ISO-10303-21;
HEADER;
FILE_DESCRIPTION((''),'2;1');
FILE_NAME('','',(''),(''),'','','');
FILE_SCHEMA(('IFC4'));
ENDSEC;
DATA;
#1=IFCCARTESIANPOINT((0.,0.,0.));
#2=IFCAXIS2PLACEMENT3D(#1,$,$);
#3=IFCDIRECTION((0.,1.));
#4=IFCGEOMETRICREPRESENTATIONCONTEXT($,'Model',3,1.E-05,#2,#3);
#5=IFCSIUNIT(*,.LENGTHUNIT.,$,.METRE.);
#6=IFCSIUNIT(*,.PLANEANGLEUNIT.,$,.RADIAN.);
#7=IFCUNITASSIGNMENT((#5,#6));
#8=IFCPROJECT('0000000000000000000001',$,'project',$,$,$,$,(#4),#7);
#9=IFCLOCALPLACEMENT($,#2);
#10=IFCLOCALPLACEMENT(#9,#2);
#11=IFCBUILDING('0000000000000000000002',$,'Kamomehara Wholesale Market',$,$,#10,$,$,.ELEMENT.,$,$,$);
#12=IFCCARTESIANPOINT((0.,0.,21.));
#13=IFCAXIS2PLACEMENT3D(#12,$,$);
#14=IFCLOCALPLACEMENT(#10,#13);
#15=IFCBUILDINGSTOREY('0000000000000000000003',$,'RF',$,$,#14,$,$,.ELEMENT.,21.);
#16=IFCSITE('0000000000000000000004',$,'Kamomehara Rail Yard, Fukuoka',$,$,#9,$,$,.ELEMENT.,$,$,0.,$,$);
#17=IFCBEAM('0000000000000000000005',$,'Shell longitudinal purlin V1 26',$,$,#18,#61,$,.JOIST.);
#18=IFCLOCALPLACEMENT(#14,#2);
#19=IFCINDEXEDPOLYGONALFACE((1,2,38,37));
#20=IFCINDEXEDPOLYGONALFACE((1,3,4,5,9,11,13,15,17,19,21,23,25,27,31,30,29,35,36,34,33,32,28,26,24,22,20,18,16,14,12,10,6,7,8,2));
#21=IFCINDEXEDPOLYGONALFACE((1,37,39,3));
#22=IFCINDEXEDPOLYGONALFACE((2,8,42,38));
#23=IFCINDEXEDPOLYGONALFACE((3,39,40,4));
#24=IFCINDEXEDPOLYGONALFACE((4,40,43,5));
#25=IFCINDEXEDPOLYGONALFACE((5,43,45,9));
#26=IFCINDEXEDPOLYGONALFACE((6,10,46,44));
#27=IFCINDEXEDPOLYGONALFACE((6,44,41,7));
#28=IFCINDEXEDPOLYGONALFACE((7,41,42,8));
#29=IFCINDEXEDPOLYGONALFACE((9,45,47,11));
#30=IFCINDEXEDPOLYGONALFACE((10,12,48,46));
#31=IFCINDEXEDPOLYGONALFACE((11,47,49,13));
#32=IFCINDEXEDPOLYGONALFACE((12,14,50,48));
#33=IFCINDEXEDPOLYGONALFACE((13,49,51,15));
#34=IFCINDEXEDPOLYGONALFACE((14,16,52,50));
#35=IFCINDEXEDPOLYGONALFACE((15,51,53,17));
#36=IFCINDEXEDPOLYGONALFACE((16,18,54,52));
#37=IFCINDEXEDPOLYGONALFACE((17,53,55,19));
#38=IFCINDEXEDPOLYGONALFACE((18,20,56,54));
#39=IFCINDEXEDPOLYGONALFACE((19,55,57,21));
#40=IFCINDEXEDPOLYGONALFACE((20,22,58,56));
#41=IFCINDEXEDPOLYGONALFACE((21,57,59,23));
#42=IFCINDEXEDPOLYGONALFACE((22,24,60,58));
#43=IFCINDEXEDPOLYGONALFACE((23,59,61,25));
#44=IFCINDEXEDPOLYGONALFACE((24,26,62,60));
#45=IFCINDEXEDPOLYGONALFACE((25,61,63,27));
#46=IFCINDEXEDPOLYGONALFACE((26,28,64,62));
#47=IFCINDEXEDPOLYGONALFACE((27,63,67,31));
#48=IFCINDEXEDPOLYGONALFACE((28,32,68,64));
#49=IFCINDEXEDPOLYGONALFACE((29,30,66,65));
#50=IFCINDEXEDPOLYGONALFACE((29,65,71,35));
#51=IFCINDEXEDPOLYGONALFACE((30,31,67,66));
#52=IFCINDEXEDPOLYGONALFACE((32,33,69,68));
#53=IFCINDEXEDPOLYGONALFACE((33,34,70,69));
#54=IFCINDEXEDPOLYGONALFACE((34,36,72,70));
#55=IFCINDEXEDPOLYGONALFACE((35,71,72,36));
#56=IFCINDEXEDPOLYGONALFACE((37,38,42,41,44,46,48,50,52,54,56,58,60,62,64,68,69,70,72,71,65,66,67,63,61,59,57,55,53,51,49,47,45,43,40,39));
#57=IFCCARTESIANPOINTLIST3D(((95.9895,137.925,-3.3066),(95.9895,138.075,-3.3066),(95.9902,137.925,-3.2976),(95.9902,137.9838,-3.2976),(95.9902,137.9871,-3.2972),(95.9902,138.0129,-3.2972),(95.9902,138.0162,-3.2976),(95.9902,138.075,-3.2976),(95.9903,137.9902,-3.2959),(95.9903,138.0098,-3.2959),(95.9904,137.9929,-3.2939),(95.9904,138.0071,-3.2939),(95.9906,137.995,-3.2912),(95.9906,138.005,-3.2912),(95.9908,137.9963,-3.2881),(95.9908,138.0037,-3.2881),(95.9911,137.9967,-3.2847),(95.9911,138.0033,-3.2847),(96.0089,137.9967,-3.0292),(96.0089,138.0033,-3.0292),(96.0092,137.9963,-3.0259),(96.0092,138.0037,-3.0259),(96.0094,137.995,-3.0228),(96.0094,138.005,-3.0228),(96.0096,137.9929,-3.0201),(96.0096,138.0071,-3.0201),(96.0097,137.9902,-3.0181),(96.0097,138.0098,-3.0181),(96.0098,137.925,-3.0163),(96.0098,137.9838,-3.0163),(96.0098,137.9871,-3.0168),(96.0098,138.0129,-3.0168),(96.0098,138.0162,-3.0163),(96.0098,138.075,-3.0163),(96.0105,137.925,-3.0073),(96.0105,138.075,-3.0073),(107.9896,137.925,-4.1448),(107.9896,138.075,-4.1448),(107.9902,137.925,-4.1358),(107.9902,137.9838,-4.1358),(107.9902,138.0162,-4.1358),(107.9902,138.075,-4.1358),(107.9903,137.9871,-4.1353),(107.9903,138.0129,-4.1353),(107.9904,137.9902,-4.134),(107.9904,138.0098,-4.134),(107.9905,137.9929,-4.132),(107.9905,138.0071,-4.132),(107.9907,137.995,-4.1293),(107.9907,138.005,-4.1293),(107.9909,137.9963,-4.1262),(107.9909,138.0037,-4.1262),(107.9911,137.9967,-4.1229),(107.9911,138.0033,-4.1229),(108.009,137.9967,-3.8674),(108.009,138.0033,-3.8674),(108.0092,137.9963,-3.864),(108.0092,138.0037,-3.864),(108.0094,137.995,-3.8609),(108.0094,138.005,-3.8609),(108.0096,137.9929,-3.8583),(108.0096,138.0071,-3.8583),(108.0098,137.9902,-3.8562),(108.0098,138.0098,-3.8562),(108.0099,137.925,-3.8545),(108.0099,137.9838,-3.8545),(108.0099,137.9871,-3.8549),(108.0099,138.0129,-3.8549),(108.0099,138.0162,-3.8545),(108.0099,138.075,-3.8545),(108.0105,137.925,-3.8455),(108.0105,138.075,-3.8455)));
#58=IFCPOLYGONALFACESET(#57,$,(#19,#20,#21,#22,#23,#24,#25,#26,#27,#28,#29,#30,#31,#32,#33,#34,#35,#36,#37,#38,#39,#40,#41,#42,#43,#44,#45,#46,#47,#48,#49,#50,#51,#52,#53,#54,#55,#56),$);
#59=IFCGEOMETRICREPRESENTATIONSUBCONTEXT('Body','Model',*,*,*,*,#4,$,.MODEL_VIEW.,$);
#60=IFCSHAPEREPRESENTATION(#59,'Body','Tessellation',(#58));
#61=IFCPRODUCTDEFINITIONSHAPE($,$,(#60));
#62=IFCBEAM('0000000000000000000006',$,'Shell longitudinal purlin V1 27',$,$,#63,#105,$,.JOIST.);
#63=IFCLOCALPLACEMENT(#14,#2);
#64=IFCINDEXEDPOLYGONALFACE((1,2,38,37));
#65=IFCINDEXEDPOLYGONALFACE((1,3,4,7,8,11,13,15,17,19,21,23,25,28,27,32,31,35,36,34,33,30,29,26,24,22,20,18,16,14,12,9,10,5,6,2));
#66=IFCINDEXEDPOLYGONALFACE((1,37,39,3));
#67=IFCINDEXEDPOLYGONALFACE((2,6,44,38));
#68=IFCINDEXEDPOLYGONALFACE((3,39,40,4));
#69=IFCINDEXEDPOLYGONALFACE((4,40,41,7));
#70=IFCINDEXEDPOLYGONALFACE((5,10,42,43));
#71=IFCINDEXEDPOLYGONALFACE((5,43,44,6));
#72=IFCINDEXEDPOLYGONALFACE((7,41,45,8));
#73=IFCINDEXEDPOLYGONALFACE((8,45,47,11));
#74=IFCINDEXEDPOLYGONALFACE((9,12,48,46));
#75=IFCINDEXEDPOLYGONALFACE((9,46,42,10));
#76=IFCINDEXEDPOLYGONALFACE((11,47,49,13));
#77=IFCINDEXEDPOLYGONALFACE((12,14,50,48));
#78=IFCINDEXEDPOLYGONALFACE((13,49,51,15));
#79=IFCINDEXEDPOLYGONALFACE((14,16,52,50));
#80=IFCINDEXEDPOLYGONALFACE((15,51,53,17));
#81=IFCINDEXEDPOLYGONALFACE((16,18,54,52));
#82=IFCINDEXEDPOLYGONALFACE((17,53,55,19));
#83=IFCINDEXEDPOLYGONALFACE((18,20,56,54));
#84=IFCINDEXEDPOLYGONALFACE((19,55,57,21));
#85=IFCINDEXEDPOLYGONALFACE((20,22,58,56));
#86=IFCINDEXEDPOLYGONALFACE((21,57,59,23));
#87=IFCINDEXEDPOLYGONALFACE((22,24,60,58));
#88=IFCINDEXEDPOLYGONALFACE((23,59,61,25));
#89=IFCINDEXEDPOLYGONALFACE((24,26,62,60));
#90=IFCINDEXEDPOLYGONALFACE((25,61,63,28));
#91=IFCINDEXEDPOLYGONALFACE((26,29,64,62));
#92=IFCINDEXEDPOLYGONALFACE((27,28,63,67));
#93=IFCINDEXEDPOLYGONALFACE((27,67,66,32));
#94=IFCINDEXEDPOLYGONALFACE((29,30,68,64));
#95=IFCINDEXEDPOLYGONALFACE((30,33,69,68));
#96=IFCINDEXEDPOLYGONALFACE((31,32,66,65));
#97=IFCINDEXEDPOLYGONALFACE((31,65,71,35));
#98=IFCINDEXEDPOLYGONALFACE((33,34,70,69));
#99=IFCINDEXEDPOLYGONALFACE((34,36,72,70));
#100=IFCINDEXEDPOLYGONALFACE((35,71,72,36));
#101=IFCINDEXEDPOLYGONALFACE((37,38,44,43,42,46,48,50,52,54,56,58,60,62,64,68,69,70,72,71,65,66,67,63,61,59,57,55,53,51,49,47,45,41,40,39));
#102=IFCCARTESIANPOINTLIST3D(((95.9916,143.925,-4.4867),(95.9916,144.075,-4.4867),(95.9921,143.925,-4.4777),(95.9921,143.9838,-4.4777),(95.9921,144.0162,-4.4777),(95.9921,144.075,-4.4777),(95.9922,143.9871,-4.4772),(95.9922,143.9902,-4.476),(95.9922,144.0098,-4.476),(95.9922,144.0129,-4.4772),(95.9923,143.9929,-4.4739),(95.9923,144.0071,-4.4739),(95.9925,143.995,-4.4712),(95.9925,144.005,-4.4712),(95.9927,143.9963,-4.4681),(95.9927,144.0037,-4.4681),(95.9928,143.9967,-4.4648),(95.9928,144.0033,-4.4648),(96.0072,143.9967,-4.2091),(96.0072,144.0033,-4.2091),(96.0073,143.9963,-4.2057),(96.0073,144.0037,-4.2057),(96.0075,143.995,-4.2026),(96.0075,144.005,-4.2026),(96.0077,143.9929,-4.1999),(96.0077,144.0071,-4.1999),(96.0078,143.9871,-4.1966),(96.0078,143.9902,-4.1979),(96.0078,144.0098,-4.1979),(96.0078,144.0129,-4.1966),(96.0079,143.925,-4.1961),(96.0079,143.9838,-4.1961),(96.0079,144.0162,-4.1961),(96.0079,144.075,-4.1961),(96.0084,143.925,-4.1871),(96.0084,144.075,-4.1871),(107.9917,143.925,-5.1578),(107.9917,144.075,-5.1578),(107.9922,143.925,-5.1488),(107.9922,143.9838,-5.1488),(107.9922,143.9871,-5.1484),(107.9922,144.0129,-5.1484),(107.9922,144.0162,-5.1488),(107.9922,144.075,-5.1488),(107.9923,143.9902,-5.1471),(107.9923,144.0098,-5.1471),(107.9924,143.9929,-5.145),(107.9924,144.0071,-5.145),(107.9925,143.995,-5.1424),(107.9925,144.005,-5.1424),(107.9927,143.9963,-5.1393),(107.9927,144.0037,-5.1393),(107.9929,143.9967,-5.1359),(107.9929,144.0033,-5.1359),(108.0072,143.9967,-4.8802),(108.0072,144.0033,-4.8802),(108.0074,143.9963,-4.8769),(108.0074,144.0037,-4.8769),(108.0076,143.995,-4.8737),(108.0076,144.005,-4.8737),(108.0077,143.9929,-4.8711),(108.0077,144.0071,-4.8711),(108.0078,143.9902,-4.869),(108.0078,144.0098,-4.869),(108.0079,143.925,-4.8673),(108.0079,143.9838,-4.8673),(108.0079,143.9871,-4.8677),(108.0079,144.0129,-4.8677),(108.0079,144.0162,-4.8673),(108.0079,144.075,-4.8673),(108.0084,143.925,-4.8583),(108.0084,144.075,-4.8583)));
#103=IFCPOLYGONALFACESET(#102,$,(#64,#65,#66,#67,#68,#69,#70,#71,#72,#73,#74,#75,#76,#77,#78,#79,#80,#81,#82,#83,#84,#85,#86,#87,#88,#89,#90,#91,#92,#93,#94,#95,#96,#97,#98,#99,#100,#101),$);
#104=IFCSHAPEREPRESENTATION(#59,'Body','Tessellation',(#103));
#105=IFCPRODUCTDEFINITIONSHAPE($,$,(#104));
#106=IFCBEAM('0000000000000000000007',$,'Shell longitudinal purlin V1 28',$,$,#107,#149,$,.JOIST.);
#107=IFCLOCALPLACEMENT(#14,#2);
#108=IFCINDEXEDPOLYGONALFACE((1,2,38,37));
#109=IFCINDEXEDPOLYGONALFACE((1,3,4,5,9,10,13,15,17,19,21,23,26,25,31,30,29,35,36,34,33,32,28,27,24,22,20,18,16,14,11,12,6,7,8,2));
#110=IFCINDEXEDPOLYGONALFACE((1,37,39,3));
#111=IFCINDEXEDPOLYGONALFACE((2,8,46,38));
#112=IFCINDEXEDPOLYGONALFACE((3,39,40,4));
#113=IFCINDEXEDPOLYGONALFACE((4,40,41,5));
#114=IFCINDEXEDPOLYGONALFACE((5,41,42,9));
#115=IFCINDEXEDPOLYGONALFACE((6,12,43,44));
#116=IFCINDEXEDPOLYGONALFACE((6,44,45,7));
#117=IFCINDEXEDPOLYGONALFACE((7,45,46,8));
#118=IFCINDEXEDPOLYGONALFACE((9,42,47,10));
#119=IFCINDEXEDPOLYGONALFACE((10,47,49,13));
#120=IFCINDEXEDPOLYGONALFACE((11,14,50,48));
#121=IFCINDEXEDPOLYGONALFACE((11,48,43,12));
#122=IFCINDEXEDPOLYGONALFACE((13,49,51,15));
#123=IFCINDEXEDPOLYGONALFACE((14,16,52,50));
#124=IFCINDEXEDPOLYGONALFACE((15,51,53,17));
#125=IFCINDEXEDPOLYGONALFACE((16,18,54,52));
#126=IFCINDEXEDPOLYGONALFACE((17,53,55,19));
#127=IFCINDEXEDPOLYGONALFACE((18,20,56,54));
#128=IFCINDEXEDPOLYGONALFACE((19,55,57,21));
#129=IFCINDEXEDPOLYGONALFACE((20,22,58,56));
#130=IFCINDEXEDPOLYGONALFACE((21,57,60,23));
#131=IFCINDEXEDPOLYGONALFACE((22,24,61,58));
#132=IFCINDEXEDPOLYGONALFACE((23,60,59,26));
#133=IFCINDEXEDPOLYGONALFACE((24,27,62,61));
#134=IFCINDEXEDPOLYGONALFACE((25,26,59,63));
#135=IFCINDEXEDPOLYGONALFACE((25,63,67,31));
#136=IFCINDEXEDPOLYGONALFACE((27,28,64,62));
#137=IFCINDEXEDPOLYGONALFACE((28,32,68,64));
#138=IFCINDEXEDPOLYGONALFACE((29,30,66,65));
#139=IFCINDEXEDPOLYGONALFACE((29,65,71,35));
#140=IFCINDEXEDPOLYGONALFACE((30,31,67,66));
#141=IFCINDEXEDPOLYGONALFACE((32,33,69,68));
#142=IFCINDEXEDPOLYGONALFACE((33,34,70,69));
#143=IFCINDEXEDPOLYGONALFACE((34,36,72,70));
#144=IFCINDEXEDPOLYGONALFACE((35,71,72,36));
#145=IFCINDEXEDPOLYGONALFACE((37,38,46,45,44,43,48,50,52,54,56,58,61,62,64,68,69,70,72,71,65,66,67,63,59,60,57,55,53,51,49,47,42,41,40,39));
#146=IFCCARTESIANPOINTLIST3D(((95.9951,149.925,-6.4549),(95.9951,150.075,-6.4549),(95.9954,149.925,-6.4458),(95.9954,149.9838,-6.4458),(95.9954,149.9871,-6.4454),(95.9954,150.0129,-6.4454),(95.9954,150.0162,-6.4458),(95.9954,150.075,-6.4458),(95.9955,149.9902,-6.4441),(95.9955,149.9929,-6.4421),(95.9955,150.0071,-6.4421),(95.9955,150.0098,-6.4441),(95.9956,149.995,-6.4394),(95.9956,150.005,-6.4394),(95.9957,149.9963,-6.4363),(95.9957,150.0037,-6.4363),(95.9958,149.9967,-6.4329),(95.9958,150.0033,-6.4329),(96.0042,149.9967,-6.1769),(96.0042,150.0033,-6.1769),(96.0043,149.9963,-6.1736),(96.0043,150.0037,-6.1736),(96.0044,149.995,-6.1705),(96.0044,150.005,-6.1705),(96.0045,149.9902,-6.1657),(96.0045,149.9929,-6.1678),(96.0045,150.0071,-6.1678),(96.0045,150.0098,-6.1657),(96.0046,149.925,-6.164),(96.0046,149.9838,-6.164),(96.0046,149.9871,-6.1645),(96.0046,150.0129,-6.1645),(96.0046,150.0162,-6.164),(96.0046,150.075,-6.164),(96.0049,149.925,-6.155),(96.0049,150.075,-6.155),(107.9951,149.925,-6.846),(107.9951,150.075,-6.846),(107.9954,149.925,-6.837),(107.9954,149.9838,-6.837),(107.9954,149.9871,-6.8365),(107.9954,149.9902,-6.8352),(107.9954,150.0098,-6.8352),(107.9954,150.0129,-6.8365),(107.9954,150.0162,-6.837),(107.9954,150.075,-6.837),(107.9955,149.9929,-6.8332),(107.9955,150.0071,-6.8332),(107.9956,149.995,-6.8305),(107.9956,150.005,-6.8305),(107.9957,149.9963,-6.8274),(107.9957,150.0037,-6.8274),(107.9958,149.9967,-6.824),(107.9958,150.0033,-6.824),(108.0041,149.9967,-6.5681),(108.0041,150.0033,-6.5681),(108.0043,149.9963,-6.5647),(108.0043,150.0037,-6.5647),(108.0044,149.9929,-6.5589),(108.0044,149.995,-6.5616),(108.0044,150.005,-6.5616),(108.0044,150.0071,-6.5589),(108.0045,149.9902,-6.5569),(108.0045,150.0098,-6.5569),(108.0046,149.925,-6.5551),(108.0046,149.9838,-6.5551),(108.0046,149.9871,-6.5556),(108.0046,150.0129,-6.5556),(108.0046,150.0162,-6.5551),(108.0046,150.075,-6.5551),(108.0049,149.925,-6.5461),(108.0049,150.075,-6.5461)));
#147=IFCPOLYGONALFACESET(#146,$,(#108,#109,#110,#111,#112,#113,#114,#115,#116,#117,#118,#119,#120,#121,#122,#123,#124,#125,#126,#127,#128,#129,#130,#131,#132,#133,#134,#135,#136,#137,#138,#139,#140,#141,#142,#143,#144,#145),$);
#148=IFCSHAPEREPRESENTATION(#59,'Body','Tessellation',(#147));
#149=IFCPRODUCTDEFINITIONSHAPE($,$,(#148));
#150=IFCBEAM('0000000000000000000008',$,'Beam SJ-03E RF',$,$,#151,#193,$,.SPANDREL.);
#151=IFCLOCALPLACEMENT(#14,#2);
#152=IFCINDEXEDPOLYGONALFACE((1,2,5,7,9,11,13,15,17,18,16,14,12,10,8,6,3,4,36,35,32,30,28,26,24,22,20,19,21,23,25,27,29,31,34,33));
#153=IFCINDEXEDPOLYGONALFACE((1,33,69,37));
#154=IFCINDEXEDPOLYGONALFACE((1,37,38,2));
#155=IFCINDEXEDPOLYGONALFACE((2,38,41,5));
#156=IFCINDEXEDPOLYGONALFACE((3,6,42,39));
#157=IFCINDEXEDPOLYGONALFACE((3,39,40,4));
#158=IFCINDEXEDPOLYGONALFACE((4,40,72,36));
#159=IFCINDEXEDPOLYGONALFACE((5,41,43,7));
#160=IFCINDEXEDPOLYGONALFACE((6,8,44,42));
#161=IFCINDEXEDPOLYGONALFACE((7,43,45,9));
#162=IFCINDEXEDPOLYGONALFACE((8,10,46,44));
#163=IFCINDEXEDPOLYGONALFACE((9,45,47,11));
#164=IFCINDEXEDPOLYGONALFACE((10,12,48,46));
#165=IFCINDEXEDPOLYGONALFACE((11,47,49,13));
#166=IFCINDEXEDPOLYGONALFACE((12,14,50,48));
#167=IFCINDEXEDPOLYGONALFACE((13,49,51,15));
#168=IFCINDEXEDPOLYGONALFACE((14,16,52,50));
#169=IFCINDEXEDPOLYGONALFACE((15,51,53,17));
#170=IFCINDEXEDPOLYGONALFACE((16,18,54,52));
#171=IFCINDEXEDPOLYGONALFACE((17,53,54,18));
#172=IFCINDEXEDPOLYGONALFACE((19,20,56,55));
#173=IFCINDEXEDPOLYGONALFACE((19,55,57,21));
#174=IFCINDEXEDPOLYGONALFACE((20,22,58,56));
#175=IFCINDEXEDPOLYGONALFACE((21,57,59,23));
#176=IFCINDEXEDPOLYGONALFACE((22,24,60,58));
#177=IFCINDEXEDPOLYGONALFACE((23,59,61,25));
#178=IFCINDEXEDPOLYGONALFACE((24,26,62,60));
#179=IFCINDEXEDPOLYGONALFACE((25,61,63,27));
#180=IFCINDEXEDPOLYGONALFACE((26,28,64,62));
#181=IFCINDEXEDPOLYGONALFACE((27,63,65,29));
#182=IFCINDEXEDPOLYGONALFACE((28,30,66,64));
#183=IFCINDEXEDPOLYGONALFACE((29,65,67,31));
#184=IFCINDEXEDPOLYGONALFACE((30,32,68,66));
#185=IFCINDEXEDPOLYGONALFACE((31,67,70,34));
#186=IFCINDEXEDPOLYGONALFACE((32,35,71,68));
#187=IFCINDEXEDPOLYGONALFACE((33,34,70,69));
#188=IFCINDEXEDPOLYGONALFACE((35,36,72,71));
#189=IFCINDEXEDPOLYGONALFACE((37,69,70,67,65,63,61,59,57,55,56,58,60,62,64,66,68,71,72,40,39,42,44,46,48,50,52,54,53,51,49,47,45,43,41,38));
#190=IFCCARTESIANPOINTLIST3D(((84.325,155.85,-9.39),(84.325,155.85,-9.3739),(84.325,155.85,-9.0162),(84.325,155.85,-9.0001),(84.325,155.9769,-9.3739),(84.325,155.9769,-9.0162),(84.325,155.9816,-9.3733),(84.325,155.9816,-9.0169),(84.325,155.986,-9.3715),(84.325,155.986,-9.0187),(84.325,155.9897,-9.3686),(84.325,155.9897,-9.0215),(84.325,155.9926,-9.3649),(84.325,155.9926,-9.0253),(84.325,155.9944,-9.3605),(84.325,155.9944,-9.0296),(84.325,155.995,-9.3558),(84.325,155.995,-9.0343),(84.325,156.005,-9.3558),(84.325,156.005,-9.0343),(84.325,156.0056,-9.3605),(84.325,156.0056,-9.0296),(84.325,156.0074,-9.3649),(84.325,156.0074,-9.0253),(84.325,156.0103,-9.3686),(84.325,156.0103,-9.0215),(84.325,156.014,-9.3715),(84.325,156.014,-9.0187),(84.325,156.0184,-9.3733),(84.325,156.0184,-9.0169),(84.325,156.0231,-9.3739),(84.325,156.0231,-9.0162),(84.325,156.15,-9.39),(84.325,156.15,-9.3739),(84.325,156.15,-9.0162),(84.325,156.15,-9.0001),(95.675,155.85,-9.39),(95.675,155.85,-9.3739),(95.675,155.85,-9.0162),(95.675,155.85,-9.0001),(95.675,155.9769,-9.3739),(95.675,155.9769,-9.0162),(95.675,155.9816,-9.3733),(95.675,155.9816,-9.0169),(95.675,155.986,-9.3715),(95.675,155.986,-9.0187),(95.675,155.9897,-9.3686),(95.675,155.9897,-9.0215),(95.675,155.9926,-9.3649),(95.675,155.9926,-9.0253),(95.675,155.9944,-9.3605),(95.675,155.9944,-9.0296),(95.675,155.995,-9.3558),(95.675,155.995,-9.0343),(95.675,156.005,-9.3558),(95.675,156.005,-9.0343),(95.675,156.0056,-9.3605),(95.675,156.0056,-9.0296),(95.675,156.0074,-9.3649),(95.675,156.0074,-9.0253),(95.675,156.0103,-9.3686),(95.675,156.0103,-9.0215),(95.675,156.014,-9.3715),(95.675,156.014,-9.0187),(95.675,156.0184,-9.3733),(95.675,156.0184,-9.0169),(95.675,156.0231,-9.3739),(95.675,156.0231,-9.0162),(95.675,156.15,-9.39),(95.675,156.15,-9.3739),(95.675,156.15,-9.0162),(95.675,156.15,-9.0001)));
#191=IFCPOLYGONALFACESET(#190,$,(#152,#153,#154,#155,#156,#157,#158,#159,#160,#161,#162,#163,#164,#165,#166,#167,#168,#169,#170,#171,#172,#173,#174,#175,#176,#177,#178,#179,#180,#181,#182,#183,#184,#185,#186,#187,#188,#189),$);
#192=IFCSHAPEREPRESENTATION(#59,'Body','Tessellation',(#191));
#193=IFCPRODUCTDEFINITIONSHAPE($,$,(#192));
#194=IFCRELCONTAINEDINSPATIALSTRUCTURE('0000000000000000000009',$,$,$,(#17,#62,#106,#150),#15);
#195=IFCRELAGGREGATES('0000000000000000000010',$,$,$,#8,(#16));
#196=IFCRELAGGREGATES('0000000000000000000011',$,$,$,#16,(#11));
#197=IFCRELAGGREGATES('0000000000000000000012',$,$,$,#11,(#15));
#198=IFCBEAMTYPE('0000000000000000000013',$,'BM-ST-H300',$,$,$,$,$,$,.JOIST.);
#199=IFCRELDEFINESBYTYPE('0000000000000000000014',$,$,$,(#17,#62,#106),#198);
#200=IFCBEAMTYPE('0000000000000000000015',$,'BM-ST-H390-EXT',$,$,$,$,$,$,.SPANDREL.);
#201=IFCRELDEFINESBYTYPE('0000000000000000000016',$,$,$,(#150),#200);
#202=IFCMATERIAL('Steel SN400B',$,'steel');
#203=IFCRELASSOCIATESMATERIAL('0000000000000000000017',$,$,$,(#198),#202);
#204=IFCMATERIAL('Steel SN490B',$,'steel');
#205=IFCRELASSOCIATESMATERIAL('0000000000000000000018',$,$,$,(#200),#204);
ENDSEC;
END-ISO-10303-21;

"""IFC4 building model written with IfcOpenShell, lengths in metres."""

from ifc_helpers import new_model, si_unit, direction, frame, origin, origin_2d, place, context, subcontext, project, spatial, i_section, extrude, material, material_profile, profile_set, type_object, element, save


model = new_model("IFC4")

# Units and contexts
model_context = context("Model", 3, precision=1e-05, world=origin(), true_north=direction((0.0, 1.0)))
body_context = subcontext(model_context, "Body", "Model", "MODEL_VIEW")
ifc_project = project(units=[si_unit("LENGTHUNIT", "METRE"), si_unit("PLANEANGLEUNIT", "RADIAN")], contexts=[model_context])

# Site, building, storey
site_placement = place(None, origin())
site = spatial("IfcSite", under=ifc_project, at=site_placement, Name="Kamomehara Rail Yard, Fukuoka", CompositionType="ELEMENT", RefElevation=0.0)
building_placement = place(site_placement, origin())
building = spatial("IfcBuilding", under=site, at=building_placement, Name="Kamomehara Wholesale Market", CompositionType="ELEMENT")
storey_placement = place(building_placement, frame((0.0, 0.0, 21.0)))
storey = spatial("IfcBuildingStorey", under=building, at=storey_placement, Name="RF", CompositionType="ELEMENT", Elevation=21.0)

# Beams
ifc_material_1 = material(Name="Steel SN400B", Category="steel")
ifc_material_profile_1 = material_profile(ifc_material_1, i_section(OverallWidth=0.1499, OverallDepth=0.3, WebThickness=0.0066, FlangeThickness=0.009, FilletRadius=0.0129, at=origin_2d()), Name="H-300x150x6.5x9")
ifc_profile_set_1 = profile_set([ifc_material_profile_1], Name="Steel SN400B")
beam_type_1 = type_object("IfcBeamType", Name="BM-ST-H300", PredefinedType="JOIST", material=ifc_profile_set_1)
beam_1_placement = place(storey_placement, frame((96.0, 138.0, -3.157), z_axis=(0.99757, 0.0, -0.069675), x_axis=(0.0, 1.0, 0.0)))
element("IfcBeam", 1, at=beam_1_placement, inside=storey, type_object=beam_type_1, Name="Shell longitudinal purlin V1 26", PredefinedType="JOIST", context=body_context, shape_type="SweptSolid", body=[
    extrude(i_section(OverallWidth=0.1499, OverallDepth=0.3, WebThickness=0.0066, FlangeThickness=0.009, FilletRadius=0.0129, at=origin_2d()), origin(), (0.0, 0.0, 1.0), 12.0293),
])
beam_2_placement = place(storey_placement, frame((96.0, 144.0, -4.3369), z_axis=(0.99844, 0.0, -0.055841), x_axis=(0.0, 1.0, 0.0)))
element("IfcBeam", 2, at=beam_2_placement, inside=storey, type_object=beam_type_1, Name="Shell longitudinal purlin V1 27", PredefinedType="JOIST", context=body_context, shape_type="SweptSolid", body=[
    extrude(i_section(OverallWidth=0.1499, OverallDepth=0.3, WebThickness=0.0066, FlangeThickness=0.009, FilletRadius=0.0129, at=origin_2d()), origin(), (0.0, 0.0, 1.0), 12.0188),
])
beam_3_placement = place(storey_placement, frame((96.0, 150.0, -6.3049), z_axis=(0.999469, 0.0, -0.032575), x_axis=(0.0, 1.0, 0.0)))
element("IfcBeam", 3, at=beam_3_placement, inside=storey, type_object=beam_type_1, Name="Shell longitudinal purlin V1 28", PredefinedType="JOIST", context=body_context, shape_type="SweptSolid", body=[
    extrude(i_section(OverallWidth=0.1499, OverallDepth=0.3, WebThickness=0.0066, FlangeThickness=0.009, FilletRadius=0.0129, at=origin_2d()), origin(), (0.0, 0.0, 1.0), 12.0063),
])
ifc_material_2 = material(Name="Steel SN490B", Category="steel")
ifc_material_profile_2 = material_profile(ifc_material_2, i_section(OverallWidth=0.3, OverallDepth=0.3899, WebThickness=0.01, FlangeThickness=0.0161, FilletRadius=0.0181, at=origin_2d()), Name="H-390x300x10x16")
ifc_profile_set_2 = profile_set([ifc_material_profile_2], Name="Steel SN490B")
beam_type_2 = type_object("IfcBeamType", Name="BM-ST-H390-EXT", PredefinedType="SPANDREL", material=ifc_profile_set_2)
beam_4_placement = place(storey_placement, frame((84.325, 156.0, -9.1951), z_axis=(1.0, 0.0, 0.0), x_axis=(0.0, 1.0, 0.0)))
element("IfcBeam", 4, at=beam_4_placement, inside=storey, type_object=beam_type_2, Name="Beam SJ-03E RF", PredefinedType="SPANDREL", context=body_context, shape_type="SweptSolid", body=[
    extrude(i_section(OverallWidth=0.3, OverallDepth=0.3899, WebThickness=0.01, FlangeThickness=0.0161, FilletRadius=0.0181, at=origin_2d()), origin(), (0.0, 0.0, 1.0), 11.3501),
])

save(model, "model.ifc")
